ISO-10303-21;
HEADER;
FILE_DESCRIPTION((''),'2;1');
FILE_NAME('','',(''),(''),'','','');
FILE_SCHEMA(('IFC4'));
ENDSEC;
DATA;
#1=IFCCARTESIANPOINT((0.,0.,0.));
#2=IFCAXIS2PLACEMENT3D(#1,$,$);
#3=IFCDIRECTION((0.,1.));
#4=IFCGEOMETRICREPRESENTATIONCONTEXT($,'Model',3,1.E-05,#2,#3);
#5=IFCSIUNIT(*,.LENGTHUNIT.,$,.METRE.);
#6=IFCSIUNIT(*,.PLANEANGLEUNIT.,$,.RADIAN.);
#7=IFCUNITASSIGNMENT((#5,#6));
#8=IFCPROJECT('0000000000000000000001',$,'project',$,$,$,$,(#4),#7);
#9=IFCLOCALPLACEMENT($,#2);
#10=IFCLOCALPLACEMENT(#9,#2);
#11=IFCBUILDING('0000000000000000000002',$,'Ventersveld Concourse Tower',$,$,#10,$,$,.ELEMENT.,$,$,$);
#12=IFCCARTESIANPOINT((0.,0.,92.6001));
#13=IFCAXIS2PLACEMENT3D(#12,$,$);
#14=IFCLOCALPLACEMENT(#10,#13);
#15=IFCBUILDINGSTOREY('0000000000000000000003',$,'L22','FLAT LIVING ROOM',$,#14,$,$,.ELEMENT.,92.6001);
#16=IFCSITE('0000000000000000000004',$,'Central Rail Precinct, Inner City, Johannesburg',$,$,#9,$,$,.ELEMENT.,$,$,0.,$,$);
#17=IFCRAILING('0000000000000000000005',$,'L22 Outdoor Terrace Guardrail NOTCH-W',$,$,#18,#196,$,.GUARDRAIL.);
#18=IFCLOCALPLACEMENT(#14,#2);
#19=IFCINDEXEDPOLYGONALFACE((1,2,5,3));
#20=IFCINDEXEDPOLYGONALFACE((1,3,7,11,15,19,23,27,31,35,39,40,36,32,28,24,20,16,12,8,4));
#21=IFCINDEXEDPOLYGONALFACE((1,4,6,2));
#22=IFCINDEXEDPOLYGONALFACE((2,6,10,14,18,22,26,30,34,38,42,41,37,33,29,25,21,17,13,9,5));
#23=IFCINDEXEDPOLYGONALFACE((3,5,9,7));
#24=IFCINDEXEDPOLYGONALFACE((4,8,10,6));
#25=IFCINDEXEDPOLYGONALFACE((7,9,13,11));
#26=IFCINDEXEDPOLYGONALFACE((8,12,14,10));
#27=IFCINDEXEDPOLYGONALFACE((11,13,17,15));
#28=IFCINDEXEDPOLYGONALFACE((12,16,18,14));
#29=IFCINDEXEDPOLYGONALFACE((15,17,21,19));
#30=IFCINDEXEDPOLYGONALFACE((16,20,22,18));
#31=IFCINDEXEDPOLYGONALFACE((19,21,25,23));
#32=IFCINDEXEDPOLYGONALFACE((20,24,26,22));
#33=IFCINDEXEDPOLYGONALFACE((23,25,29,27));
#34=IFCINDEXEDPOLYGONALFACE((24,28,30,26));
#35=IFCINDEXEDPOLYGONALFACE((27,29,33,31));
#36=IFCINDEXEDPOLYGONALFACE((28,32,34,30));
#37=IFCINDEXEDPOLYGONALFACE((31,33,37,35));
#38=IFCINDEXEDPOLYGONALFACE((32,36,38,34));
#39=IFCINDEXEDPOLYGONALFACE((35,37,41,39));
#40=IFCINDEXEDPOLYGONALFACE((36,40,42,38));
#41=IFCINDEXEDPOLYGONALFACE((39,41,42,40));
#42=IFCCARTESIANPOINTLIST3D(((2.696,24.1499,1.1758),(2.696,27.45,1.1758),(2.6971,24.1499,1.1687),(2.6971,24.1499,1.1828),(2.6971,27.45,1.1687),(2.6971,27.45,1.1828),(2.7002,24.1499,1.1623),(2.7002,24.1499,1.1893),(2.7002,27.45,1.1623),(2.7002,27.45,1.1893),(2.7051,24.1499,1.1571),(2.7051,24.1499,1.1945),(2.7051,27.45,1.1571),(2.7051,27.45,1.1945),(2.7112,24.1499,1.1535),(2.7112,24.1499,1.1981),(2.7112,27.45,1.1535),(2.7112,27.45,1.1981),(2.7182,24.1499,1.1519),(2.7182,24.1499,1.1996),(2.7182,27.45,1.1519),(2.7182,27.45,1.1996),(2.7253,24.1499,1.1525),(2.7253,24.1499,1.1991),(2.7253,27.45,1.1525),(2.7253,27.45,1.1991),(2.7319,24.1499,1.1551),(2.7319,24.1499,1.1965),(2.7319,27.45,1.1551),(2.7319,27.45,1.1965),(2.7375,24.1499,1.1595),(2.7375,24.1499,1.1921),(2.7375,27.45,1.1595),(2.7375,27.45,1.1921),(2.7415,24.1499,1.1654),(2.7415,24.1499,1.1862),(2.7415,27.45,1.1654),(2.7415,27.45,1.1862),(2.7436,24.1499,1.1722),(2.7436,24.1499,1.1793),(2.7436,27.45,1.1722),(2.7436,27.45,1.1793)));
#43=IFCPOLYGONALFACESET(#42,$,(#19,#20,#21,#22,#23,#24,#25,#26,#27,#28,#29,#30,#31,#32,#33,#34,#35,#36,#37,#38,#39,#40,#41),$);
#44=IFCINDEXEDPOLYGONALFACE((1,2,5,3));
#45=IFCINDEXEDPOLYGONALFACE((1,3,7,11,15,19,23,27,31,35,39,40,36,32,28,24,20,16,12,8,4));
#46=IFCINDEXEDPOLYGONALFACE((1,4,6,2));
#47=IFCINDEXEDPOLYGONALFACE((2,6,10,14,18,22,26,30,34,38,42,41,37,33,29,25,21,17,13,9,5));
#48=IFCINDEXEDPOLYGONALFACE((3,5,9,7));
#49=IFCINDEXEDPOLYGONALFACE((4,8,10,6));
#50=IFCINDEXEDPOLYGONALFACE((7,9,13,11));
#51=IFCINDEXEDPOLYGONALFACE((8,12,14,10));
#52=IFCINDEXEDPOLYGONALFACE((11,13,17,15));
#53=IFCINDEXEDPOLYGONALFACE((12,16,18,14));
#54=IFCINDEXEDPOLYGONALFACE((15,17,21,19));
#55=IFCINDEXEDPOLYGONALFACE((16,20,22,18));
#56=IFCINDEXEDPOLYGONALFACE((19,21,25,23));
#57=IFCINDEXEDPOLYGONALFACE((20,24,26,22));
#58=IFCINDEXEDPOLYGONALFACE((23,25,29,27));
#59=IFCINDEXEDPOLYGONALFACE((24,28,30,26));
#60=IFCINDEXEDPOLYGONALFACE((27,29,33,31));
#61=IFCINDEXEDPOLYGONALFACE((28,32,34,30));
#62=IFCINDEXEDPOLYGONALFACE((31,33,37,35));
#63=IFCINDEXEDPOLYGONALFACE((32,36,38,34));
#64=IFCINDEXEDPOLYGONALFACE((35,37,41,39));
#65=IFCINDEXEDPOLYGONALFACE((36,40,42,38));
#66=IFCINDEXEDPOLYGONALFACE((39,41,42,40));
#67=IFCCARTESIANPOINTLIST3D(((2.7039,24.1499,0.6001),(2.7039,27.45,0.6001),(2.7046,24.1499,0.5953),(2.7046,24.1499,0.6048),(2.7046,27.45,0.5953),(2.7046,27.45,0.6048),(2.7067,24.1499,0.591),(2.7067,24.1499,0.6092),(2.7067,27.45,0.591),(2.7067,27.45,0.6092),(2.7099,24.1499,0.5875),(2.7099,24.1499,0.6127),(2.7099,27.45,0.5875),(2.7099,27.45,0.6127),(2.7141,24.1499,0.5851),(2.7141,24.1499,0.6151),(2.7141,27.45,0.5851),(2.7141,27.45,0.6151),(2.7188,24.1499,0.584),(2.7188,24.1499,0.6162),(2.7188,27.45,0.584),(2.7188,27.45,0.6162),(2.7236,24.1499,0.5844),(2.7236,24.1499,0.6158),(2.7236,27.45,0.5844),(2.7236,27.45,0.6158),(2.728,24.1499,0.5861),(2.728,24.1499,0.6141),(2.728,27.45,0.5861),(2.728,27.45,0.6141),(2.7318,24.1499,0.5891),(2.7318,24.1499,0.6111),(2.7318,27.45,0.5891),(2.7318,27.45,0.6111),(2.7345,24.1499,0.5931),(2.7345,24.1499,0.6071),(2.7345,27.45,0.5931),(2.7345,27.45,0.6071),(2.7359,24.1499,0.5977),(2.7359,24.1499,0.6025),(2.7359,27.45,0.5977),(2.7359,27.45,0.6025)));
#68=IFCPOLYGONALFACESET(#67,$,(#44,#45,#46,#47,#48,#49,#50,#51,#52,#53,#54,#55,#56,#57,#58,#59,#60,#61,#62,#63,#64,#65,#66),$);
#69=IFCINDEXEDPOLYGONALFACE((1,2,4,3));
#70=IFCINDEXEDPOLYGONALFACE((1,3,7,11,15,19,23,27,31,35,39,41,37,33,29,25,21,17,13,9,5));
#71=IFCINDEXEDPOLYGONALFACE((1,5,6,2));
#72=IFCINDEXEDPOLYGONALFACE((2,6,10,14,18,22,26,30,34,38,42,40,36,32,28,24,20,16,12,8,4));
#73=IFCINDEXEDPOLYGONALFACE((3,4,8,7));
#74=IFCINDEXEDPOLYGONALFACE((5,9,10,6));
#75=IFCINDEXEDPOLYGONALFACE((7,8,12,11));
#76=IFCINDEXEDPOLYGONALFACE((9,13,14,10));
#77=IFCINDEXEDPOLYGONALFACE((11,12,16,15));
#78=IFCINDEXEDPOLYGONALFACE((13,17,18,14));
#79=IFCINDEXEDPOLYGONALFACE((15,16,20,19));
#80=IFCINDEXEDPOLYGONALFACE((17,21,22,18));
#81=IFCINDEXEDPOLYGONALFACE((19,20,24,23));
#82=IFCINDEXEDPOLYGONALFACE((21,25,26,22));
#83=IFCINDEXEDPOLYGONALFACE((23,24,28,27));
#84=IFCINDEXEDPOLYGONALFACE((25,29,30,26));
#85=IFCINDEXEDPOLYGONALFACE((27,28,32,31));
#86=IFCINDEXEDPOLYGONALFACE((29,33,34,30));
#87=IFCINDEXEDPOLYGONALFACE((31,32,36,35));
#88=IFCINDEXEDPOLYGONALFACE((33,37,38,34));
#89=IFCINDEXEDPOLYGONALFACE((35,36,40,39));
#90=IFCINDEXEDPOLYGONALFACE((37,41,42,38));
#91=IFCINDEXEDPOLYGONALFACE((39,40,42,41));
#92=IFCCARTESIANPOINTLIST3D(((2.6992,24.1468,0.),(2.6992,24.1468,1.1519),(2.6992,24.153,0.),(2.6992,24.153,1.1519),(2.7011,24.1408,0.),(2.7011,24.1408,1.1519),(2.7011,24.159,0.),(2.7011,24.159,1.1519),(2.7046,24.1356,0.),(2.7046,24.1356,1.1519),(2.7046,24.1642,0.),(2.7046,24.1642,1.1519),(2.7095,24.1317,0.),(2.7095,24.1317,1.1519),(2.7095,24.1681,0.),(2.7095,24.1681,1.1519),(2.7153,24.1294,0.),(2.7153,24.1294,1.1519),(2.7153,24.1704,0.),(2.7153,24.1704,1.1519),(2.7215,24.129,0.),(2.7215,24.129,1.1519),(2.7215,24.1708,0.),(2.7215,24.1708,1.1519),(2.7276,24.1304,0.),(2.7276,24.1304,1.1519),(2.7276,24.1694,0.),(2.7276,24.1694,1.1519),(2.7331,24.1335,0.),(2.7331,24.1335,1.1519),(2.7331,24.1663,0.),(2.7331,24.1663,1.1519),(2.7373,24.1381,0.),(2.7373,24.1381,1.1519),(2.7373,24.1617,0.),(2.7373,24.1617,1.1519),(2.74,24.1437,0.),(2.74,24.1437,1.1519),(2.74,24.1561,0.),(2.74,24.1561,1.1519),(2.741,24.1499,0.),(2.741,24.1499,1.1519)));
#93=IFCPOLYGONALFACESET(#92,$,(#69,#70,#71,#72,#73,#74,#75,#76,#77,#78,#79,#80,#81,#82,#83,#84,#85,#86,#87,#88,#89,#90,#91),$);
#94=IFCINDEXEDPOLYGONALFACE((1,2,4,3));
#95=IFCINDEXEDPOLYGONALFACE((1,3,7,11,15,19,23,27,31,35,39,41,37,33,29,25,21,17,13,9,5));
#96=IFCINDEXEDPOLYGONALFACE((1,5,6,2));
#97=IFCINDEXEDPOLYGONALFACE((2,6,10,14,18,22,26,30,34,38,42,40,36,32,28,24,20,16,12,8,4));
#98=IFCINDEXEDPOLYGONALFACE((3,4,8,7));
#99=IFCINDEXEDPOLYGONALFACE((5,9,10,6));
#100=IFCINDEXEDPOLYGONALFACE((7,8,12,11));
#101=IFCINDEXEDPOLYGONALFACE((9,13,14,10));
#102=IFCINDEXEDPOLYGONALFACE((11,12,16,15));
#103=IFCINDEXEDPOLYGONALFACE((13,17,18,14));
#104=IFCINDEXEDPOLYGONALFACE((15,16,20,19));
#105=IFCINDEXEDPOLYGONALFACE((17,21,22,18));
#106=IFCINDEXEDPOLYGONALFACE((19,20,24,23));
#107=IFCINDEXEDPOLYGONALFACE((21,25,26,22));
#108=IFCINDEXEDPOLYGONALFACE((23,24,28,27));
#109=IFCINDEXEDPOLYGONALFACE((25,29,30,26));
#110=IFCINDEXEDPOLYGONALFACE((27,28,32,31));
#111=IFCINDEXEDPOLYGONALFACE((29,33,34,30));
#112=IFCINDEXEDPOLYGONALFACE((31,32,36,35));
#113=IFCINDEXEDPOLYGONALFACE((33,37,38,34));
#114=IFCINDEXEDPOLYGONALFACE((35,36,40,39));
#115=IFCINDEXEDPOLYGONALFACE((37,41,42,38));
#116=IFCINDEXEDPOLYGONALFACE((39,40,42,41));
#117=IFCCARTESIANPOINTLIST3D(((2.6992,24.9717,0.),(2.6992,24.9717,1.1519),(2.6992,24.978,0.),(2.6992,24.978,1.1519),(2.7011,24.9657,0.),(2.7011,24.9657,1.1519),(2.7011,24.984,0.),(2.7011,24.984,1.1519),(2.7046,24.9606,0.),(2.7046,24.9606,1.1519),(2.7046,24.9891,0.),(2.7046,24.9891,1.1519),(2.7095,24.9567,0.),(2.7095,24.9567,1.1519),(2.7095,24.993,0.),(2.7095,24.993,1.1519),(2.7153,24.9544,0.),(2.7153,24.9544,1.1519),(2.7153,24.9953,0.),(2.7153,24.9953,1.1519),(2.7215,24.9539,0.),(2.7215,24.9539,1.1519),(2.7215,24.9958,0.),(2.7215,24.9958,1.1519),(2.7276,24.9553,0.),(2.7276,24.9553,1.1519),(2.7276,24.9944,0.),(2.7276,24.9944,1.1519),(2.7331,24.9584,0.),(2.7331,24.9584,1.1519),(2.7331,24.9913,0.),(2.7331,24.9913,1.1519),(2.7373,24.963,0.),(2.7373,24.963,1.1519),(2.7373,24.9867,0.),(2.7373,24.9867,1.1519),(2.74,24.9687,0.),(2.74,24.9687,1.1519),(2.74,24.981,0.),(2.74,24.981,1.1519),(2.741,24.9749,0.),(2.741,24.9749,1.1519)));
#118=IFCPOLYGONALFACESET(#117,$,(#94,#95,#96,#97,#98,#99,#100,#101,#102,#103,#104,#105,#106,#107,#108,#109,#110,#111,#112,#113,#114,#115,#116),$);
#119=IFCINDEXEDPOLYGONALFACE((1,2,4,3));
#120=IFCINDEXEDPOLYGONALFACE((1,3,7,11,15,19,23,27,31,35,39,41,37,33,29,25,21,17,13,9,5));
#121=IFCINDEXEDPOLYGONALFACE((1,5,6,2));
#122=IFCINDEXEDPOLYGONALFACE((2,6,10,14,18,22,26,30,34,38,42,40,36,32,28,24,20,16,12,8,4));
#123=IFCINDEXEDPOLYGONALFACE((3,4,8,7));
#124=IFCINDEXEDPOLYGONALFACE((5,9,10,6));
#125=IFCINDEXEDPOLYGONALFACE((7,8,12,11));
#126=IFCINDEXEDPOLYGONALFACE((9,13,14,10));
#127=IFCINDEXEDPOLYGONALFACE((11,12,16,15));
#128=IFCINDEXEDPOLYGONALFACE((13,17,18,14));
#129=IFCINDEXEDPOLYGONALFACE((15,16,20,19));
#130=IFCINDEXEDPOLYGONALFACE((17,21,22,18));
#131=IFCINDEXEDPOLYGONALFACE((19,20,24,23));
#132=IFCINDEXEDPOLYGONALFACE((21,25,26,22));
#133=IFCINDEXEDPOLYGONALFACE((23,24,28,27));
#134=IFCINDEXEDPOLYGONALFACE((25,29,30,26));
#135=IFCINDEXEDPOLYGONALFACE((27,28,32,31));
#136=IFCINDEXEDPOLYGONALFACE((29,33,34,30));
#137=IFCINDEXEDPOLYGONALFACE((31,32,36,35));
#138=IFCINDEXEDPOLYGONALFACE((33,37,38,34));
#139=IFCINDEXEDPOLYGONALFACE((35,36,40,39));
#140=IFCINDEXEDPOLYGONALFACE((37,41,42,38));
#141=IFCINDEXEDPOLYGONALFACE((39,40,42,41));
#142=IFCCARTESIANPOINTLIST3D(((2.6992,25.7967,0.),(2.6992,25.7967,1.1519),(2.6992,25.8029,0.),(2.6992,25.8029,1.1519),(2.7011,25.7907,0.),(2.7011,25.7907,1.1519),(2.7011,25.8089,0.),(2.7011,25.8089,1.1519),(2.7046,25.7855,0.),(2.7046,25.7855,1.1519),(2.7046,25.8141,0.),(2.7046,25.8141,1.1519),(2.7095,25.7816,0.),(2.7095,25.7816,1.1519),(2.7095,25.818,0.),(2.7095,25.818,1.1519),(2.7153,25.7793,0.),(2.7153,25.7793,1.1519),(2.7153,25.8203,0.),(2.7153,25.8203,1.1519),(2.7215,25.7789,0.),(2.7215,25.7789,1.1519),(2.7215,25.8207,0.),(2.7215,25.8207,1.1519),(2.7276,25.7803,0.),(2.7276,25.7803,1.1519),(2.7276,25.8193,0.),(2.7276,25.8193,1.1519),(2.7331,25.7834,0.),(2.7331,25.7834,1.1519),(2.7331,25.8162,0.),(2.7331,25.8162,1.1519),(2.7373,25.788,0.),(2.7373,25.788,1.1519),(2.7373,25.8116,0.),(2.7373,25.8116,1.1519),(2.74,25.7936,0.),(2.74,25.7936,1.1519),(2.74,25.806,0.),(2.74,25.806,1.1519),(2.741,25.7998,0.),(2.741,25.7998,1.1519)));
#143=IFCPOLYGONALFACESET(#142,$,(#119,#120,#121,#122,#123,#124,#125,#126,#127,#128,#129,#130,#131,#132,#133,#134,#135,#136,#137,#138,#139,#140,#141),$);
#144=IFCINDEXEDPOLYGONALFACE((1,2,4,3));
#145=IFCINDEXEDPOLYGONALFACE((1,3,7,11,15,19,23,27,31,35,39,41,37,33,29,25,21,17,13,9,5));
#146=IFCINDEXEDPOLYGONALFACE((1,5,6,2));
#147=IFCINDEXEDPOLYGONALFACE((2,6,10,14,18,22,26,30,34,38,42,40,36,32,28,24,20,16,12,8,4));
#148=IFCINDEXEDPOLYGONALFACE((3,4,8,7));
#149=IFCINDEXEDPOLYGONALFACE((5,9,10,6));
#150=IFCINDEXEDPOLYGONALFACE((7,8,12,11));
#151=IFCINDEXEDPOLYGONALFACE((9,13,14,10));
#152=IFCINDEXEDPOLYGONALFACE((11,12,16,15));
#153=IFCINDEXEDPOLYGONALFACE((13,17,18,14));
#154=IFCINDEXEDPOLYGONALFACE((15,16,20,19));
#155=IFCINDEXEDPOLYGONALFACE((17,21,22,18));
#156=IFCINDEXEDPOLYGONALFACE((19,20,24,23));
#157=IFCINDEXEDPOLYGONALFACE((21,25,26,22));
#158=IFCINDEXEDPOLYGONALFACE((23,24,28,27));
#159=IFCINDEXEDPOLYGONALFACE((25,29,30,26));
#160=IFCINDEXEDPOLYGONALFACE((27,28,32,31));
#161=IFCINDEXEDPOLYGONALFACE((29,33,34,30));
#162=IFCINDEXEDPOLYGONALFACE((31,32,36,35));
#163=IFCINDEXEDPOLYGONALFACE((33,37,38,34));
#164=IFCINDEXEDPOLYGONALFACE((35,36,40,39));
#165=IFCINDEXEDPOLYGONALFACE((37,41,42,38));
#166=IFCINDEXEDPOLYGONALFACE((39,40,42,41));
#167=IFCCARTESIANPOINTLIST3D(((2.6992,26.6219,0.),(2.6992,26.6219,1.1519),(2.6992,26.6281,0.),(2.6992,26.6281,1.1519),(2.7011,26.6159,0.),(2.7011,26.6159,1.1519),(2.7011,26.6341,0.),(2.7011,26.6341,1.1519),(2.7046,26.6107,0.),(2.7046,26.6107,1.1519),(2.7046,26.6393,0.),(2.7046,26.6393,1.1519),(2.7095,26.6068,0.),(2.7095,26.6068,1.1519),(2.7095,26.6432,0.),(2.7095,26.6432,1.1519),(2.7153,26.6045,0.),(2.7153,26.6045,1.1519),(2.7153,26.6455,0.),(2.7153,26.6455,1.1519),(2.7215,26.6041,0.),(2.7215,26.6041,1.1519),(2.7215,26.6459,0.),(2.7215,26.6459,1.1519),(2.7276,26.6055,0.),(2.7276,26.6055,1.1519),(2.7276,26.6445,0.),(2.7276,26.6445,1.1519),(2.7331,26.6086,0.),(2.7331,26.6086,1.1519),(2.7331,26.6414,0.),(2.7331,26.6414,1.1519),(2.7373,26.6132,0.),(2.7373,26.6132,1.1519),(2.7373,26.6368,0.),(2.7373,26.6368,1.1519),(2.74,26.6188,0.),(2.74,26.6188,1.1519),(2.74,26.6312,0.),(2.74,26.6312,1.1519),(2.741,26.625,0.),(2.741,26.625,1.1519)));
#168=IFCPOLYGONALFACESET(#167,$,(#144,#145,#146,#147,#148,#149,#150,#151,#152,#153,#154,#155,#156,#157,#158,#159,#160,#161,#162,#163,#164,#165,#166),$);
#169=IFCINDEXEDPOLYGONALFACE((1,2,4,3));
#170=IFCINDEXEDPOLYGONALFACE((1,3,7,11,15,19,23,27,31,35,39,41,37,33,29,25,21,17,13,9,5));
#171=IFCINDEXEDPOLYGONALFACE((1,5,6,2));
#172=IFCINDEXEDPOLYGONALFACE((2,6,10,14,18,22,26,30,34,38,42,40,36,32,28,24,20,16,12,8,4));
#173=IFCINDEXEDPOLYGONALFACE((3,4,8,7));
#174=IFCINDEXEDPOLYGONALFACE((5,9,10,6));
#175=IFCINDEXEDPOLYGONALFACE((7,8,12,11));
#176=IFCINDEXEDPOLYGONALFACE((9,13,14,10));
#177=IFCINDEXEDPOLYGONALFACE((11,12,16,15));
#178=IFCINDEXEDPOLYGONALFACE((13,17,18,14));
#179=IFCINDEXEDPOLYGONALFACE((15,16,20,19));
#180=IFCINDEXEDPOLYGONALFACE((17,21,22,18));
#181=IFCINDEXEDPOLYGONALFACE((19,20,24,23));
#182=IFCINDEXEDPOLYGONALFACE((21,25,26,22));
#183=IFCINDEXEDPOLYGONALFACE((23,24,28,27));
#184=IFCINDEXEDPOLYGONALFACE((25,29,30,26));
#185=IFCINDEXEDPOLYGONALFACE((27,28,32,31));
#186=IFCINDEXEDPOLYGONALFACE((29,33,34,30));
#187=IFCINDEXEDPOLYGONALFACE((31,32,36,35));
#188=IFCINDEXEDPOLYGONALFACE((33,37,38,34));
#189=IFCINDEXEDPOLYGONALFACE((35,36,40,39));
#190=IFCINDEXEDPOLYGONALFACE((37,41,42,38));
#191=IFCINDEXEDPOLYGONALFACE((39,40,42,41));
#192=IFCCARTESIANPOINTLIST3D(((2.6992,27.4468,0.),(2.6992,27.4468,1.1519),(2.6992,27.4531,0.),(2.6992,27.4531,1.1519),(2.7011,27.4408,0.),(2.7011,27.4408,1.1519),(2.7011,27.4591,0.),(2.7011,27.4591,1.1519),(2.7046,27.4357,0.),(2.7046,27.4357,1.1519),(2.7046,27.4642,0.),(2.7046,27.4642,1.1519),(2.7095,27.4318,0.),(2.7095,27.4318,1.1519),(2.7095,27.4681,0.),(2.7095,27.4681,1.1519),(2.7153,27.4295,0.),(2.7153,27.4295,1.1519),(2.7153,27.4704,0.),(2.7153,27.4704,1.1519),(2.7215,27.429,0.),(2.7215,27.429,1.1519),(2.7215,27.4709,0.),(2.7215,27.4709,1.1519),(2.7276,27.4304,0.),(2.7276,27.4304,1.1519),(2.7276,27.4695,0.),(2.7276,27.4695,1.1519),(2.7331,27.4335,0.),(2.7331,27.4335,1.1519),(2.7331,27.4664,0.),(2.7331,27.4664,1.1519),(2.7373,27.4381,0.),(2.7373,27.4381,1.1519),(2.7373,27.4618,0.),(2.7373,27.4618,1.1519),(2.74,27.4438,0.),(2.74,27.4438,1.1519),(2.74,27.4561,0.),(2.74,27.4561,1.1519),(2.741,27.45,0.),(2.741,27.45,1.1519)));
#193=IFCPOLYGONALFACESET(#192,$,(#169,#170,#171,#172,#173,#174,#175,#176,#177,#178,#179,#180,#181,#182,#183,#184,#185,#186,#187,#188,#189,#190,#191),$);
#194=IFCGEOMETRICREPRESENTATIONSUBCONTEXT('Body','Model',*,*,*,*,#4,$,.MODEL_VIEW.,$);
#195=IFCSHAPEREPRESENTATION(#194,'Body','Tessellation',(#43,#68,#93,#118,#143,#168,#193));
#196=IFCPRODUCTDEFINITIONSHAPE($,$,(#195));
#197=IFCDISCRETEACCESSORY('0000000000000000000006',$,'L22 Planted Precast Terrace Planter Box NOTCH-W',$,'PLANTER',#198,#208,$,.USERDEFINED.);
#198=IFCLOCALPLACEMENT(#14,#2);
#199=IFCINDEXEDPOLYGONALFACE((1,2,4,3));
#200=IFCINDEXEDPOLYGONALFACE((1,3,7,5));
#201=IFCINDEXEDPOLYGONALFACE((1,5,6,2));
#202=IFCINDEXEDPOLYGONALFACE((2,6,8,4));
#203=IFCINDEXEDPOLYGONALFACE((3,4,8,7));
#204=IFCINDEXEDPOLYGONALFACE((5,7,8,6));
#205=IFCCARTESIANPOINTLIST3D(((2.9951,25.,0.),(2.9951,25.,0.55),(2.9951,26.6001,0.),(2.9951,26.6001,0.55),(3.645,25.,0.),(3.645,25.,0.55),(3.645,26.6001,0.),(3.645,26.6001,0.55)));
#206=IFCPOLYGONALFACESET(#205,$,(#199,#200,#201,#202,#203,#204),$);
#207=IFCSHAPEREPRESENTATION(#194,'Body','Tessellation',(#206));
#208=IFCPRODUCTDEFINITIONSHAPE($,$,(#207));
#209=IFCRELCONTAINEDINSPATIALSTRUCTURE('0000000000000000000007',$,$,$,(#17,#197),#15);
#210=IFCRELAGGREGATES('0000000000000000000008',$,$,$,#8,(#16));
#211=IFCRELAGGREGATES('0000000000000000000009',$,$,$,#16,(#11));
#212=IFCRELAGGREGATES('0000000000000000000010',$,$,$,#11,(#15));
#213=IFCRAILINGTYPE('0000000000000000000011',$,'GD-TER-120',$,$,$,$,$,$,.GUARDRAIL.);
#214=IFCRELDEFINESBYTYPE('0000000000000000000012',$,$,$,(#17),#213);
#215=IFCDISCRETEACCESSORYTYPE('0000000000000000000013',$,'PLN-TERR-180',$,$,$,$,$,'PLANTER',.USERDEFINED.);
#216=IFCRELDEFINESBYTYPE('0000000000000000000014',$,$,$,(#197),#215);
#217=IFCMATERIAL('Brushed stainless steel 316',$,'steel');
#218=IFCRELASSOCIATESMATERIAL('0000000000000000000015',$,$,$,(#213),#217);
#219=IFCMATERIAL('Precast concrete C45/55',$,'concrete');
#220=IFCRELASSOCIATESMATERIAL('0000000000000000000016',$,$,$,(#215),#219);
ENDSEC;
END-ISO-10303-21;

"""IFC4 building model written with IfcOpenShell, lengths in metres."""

from ifc_helpers import new_model, si_unit, direction, frame, origin, origin_2d, place, context, subcontext, project, spatial, rectangle, circle, extrude, material, type_object, element, save


model = new_model("IFC4")

# Units and contexts
model_context = context("Model", 3, precision=1e-05, world=origin(), true_north=direction((0.0, 1.0)))
body_context = subcontext(model_context, "Body", "Model", "MODEL_VIEW")
ifc_project = project(units=[si_unit("LENGTHUNIT", "METRE"), si_unit("PLANEANGLEUNIT", "RADIAN")], contexts=[model_context])

# Site, building, storey
site_placement = place(None, origin())
site = spatial("IfcSite", under=ifc_project, at=site_placement, Name="Central Rail Precinct, Inner City, Johannesburg", CompositionType="ELEMENT", RefElevation=0.0)
building_placement = place(site_placement, origin())
building = spatial("IfcBuilding", under=site, at=building_placement, Name="Ventersveld Concourse Tower", CompositionType="ELEMENT")
storey_placement = place(building_placement, frame((0.0, 0.0, 92.6001)))
storey = spatial("IfcBuildingStorey", under=building, at=storey_placement, Name="L22", Description="FLAT LIVING ROOM", CompositionType="ELEMENT", Elevation=92.6001)

# Shared definitions
ifc_material_1 = material(Name="Precast concrete C45/55", Category="concrete")

# Railing
ifc_material_2 = material(Name="Brushed stainless steel 316", Category="steel")
railing_type = type_object("IfcRailingType", Name="GD-TER-120", PredefinedType="GUARDRAIL", material=ifc_material_2)
railing_placement = place(storey_placement, frame((2.72, 24.1499, 0.0)))
element("IfcRailing", 1, at=railing_placement, inside=storey, type_object=railing_type, Name="L22 Outdoor Terrace Guardrail NOTCH-W", PredefinedType="GUARDRAIL", context=body_context, shape_type="SweptSolid", body=[
    extrude(circle(Radius=0.0239, at=origin_2d()), frame((0.0, 0.0, 1.1758), z_axis=(0.0, 1.0, 0.0), x_axis=(-1.0, 0.0, 0.0)), (0.0, 0.0, 1.0), 3.3),
    extrude(circle(Radius=0.0161, at=origin_2d()), frame((0.0, 0.0, 0.6001), z_axis=(0.0, 1.0, 0.0), x_axis=(-1.0, 0.0, 0.0)), (0.0, 0.0, 1.0), 3.3),
    extrude(circle(Radius=0.021, at=origin_2d()), origin(), (0.0, 0.0, 1.0), 1.1519),
    extrude(circle(Radius=0.021, at=origin_2d()), frame((0.0, 0.825, 0.0)), (0.0, 0.0, 1.0), 1.1519),
    extrude(circle(Radius=0.021, at=origin_2d()), frame((0.0, 1.6499, 0.0)), (0.0, 0.0, 1.0), 1.1519),
    extrude(circle(Radius=0.021, at=origin_2d()), frame((0.0, 2.4751, 0.0)), (0.0, 0.0, 1.0), 1.1519),
    extrude(circle(Radius=0.021, at=origin_2d()), frame((0.0, 3.3, 0.0)), (0.0, 0.0, 1.0), 1.1519),
])

# Discrete accessory
discrete_accessory_type = type_object("IfcDiscreteAccessoryType", Name="PLN-TERR-180", ElementType="PLANTER", PredefinedType="USERDEFINED", material=ifc_material_1)
discrete_accessory_placement = place(storey_placement, frame((3.3201, 25.8, 0.0), z_axis=(0.0, 0.0, 1.0), x_axis=(0.0, 1.0, 0.0)))
element("IfcDiscreteAccessory", 2, at=discrete_accessory_placement, inside=storey, type_object=discrete_accessory_type, Name="L22 Planted Precast Terrace Planter Box NOTCH-W", ObjectType="PLANTER", PredefinedType="USERDEFINED", context=body_context, shape_type="SweptSolid", body=[
    extrude(rectangle(XDim=1.6001, YDim=0.6499, at=origin_2d()), origin(), (0.0, 0.0, 1.0), 0.55),
])

save(model, "model.ifc")
